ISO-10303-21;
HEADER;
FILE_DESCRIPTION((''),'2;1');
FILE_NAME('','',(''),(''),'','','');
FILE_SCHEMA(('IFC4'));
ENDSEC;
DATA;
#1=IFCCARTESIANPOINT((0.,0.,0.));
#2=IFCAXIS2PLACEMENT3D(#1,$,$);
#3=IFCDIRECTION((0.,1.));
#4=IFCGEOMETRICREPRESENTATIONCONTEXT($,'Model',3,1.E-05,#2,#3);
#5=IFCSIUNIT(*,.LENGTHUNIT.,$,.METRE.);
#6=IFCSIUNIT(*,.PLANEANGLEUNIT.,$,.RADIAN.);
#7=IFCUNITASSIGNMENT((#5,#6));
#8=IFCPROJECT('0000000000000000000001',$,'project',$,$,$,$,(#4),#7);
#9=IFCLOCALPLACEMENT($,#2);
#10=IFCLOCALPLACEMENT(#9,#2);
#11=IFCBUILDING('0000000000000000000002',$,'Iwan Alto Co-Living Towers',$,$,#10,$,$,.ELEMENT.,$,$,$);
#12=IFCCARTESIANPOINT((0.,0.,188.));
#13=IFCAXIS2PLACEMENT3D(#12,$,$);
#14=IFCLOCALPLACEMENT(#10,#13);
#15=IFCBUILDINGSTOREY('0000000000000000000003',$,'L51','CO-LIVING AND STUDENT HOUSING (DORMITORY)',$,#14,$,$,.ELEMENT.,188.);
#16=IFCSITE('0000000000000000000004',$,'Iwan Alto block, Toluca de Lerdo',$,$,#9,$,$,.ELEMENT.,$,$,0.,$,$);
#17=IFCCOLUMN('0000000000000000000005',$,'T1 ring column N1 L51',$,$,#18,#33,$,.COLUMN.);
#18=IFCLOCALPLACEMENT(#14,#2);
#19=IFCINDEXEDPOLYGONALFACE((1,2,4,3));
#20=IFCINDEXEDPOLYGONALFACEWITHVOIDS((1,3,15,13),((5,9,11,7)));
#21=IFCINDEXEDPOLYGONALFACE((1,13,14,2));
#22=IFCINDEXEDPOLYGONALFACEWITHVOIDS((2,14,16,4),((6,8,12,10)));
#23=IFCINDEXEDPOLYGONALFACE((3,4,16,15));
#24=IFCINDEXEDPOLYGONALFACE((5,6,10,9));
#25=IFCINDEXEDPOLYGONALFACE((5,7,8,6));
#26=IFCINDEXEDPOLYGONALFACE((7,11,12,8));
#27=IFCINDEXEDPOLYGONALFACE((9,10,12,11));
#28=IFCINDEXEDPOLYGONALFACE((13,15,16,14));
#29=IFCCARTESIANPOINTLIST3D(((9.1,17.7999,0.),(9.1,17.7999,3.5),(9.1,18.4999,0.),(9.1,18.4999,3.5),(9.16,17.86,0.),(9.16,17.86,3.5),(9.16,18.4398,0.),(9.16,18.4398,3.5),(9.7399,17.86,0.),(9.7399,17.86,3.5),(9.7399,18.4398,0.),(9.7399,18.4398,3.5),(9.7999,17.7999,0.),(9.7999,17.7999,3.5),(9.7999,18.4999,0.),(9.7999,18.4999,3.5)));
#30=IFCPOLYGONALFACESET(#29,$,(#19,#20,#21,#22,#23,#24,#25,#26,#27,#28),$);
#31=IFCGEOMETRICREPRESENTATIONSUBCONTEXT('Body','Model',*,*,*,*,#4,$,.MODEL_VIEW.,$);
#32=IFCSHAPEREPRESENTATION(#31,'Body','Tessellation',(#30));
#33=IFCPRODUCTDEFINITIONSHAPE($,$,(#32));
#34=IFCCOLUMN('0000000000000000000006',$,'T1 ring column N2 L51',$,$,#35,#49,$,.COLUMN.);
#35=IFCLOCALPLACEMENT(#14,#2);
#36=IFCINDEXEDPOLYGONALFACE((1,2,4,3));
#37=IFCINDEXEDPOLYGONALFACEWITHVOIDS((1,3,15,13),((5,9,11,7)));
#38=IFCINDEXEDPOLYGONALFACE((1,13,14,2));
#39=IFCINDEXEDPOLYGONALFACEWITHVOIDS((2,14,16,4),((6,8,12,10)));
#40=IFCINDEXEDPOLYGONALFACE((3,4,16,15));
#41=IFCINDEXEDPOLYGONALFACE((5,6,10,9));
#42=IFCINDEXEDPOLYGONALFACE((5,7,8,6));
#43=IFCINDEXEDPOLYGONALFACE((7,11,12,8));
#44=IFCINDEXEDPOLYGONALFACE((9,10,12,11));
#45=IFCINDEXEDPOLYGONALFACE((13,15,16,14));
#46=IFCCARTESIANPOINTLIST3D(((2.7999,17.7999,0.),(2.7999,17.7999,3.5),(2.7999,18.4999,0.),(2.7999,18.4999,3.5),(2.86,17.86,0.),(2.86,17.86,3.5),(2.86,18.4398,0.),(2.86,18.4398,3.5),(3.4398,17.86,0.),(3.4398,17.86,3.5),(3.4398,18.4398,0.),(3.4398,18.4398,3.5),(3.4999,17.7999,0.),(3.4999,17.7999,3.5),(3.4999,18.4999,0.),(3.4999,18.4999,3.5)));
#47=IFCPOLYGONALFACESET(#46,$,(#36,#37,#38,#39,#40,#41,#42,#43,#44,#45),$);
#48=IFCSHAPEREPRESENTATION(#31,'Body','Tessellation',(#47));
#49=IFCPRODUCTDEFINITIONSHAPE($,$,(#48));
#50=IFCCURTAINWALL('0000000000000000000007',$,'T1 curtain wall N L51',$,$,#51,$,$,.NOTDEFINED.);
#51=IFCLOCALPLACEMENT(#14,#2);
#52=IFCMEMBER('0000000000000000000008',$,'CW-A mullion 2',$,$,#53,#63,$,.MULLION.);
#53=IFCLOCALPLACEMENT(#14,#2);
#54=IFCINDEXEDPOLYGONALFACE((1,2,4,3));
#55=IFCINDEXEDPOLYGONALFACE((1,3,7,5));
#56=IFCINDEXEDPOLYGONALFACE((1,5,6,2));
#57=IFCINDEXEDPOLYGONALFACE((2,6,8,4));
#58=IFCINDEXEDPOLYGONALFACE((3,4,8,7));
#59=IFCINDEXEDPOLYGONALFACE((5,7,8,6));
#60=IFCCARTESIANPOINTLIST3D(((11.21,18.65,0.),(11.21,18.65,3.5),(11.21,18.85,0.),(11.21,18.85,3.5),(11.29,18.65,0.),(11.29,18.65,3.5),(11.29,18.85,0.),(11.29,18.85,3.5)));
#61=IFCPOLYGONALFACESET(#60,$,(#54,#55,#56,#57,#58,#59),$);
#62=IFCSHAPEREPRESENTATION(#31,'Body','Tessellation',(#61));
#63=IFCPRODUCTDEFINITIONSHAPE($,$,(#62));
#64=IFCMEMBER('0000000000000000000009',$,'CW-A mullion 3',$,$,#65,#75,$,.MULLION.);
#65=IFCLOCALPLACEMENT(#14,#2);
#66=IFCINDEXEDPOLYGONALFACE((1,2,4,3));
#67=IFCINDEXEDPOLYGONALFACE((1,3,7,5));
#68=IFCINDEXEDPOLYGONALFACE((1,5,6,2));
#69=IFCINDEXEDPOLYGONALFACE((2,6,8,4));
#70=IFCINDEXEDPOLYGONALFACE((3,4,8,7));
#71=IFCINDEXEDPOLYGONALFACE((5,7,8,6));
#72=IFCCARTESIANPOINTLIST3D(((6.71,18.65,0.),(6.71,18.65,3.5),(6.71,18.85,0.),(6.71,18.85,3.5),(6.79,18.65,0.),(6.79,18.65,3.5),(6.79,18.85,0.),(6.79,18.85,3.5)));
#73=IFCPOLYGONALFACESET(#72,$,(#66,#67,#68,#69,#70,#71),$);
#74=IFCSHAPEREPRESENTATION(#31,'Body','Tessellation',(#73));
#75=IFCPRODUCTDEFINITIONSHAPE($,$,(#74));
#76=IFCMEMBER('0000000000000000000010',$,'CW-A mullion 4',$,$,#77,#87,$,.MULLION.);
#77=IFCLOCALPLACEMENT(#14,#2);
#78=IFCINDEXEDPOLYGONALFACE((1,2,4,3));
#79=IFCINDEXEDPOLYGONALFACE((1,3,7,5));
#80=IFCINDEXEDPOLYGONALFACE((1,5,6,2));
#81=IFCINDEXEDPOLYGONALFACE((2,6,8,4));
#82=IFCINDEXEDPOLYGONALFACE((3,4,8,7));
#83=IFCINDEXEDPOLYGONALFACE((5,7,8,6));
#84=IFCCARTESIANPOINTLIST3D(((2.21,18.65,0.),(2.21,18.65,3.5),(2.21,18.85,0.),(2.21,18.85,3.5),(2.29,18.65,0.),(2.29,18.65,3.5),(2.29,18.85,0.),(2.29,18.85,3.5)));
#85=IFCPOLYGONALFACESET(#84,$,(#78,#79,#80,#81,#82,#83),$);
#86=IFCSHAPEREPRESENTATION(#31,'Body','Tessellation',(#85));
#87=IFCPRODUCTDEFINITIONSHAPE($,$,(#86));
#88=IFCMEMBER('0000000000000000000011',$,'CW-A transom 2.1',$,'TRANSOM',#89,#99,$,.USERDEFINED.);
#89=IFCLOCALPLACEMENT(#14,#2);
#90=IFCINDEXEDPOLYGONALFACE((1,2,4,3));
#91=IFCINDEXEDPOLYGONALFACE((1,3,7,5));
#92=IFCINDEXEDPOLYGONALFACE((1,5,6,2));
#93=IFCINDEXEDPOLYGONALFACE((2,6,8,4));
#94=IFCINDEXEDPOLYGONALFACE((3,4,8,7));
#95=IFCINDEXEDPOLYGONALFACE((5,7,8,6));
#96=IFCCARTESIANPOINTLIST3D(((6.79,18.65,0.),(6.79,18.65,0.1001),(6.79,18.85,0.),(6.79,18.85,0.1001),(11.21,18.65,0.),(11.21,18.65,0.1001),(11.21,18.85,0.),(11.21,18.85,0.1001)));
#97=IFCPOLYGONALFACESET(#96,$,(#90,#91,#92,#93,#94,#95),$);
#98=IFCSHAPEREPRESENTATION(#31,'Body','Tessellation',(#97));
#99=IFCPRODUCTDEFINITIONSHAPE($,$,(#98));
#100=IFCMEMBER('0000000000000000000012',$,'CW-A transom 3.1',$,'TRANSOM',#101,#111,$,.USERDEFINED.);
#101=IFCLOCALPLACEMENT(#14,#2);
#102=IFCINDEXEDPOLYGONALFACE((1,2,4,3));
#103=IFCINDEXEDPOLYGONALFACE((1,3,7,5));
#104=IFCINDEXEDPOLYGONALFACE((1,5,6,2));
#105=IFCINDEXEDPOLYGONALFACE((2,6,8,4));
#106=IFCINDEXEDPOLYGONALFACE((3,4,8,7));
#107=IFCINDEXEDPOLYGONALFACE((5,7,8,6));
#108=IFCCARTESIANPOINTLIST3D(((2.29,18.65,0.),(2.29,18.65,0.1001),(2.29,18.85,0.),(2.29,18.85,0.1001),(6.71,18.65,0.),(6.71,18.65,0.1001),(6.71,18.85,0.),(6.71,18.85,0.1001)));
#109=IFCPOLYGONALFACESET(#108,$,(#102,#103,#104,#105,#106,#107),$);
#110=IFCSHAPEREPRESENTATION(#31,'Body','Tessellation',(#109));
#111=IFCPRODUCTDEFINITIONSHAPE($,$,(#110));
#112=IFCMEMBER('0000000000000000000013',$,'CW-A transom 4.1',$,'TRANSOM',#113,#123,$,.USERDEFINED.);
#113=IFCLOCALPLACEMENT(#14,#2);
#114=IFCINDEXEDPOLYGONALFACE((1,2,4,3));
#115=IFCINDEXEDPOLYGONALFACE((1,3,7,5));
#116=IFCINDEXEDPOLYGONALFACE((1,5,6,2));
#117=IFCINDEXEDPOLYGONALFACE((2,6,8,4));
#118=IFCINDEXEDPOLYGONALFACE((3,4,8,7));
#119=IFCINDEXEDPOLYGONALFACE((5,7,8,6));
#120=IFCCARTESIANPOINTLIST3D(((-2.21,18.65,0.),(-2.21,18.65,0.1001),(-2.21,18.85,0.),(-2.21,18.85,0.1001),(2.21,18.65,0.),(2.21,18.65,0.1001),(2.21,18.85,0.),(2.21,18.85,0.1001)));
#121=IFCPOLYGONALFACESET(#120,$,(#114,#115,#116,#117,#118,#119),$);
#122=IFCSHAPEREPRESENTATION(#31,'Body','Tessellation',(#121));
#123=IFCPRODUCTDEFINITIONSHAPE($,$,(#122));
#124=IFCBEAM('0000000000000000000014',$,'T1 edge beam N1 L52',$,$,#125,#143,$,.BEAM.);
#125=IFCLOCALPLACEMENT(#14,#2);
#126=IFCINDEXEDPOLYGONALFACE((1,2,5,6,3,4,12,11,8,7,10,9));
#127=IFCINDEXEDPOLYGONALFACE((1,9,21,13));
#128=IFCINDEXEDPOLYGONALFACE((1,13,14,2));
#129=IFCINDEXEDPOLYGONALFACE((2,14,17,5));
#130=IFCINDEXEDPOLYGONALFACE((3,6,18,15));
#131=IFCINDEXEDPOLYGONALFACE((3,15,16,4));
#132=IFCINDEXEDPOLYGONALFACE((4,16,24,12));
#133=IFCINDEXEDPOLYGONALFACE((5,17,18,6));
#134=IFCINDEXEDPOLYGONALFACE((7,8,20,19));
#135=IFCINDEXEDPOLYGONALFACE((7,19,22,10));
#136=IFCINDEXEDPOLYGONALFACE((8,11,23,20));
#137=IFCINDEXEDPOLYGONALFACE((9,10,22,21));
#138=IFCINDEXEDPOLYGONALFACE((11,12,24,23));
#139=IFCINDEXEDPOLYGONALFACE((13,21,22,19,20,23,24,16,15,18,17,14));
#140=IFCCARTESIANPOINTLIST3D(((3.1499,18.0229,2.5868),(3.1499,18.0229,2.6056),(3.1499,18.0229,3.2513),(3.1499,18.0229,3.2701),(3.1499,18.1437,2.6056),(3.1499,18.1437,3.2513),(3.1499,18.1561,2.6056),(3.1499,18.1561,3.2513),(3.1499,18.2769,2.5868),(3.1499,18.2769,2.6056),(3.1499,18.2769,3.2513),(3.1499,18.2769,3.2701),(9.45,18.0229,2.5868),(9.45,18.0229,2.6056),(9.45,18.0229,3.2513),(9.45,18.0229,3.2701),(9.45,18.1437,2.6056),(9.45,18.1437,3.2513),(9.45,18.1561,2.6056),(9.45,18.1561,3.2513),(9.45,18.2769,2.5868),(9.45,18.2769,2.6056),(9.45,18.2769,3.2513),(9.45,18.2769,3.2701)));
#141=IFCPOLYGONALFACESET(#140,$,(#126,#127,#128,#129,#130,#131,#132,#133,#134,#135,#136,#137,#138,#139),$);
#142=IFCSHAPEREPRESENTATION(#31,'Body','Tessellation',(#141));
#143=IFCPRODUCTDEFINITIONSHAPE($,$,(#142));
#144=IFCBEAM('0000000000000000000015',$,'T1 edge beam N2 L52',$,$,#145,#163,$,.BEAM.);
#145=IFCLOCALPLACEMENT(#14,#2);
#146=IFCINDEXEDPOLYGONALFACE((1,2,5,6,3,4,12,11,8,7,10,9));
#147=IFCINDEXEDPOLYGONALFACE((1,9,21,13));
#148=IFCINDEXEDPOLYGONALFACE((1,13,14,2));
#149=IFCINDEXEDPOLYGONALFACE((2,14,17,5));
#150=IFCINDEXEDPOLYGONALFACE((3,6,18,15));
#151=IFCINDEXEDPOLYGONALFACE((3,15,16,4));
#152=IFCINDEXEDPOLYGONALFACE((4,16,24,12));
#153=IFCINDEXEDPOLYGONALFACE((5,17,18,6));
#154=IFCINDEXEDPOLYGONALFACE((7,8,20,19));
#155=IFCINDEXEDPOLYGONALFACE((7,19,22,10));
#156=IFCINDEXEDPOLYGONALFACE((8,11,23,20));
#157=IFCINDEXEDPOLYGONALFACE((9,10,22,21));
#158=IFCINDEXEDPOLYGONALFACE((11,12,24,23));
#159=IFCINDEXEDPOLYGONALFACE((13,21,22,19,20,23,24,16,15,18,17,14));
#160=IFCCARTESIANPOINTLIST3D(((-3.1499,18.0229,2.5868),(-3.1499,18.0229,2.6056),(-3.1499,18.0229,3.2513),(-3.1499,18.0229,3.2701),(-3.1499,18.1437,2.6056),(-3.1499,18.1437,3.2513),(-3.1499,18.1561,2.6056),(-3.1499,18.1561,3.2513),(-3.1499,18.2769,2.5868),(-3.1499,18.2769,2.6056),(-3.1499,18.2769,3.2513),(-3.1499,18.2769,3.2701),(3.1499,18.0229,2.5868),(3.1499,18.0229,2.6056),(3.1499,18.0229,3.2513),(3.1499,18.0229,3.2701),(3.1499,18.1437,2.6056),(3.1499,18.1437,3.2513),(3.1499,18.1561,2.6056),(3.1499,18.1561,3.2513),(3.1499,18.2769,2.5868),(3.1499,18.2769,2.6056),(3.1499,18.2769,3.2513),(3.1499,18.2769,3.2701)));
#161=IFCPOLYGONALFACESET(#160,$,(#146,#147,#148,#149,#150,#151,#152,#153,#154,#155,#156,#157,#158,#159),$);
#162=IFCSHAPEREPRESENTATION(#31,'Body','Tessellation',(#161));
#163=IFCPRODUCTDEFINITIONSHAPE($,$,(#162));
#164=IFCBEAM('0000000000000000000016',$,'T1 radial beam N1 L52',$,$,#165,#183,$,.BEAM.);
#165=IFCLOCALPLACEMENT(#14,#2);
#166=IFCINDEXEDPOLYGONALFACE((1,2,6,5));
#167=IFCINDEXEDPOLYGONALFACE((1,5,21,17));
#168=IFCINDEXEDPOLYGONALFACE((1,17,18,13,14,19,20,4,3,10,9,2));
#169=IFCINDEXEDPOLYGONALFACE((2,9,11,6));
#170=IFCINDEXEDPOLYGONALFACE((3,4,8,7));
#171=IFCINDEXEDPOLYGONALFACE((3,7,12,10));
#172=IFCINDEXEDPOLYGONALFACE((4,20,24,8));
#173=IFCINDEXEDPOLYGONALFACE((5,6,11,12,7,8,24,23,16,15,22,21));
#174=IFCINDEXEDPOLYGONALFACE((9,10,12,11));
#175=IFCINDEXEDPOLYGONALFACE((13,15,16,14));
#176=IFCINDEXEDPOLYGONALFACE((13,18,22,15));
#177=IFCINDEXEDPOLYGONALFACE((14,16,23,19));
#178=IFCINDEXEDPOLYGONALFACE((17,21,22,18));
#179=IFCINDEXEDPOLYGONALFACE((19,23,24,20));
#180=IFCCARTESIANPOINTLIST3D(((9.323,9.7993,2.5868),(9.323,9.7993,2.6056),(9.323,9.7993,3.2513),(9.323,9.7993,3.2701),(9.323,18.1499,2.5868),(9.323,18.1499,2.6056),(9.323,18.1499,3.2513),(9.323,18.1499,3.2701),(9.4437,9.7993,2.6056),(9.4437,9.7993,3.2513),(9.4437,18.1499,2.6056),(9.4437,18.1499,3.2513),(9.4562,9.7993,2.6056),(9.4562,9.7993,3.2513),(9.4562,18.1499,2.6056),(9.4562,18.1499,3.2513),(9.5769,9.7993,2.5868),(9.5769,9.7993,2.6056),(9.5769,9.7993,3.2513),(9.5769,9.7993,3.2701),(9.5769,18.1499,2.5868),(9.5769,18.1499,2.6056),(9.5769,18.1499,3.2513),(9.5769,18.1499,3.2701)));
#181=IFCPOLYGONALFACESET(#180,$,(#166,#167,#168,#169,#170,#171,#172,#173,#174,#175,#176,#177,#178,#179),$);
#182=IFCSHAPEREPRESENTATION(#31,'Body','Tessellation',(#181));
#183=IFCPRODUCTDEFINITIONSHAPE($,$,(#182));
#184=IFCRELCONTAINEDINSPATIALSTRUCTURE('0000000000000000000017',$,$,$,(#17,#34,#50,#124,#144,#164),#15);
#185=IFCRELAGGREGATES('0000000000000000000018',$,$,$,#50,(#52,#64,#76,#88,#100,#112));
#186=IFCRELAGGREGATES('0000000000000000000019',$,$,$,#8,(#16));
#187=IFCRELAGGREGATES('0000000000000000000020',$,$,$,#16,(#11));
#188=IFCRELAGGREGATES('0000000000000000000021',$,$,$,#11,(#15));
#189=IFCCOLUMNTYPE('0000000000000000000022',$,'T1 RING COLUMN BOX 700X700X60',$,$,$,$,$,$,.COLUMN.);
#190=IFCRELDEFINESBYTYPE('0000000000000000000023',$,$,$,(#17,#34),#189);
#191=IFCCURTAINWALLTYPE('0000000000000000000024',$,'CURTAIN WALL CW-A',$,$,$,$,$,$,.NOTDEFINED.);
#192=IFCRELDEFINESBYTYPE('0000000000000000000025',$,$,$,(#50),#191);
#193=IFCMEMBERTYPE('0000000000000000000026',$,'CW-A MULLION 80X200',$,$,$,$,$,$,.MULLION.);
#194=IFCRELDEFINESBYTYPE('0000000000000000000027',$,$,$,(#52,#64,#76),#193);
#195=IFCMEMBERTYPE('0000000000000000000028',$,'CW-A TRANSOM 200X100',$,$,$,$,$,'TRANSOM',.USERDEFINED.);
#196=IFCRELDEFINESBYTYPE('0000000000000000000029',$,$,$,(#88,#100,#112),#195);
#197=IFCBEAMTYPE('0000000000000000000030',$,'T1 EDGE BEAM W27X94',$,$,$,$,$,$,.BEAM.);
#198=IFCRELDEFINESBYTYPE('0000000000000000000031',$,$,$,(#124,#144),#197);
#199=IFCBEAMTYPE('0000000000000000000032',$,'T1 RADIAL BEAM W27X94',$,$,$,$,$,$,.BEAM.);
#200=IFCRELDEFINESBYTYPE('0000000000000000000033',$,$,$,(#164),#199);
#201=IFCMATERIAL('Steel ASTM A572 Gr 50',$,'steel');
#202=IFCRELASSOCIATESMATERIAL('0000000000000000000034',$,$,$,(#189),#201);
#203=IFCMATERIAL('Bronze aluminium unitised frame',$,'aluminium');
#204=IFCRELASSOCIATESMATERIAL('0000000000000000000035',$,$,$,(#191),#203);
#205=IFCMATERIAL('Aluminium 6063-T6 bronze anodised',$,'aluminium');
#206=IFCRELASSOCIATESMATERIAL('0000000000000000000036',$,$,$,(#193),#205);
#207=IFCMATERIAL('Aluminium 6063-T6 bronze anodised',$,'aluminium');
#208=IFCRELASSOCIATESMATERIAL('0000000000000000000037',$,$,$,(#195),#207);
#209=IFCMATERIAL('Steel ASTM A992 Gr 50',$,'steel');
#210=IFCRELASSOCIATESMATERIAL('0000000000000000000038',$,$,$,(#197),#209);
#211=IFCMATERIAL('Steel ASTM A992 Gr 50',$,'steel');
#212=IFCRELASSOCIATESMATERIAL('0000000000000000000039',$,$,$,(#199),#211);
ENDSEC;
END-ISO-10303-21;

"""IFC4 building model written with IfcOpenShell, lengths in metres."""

from ifc_helpers import new_model, si_unit, direction, frame, origin, origin_2d, place, context, subcontext, project, spatial, rectangle, hollow_rectangle, i_section, extrude, material, material_profile, profile_set, type_object, element, aggregate, save


model = new_model("IFC4")

# Units and contexts
model_context = context("Model", 3, precision=1e-05, world=origin(), true_north=direction((0.0, 1.0)))
body_context = subcontext(model_context, "Body", "Model", "MODEL_VIEW")
ifc_project = project(units=[si_unit("LENGTHUNIT", "METRE"), si_unit("PLANEANGLEUNIT", "RADIAN")], contexts=[model_context])

# Site, building, storey
site_placement = place(None, origin())
site = spatial("IfcSite", under=ifc_project, at=site_placement, Name="Iwan Alto block, Toluca de Lerdo", CompositionType="ELEMENT", RefElevation=0.0)
building_placement = place(site_placement, origin())
building = spatial("IfcBuilding", under=site, at=building_placement, Name="Iwan Alto Co-Living Towers", CompositionType="ELEMENT")
storey_placement = place(building_placement, frame((0.0, 0.0, 188.0)))
storey = spatial("IfcBuildingStorey", under=building, at=storey_placement, Name="L51", Description="CO-LIVING AND STUDENT HOUSING (DORMITORY)", CompositionType="ELEMENT", Elevation=188.0)

# Columns
ifc_material_1 = material(Name="Steel ASTM A572 Gr 50", Category="steel")
ifc_material_profile_1 = material_profile(ifc_material_1, hollow_rectangle(XDim=0.7, YDim=0.7, WallThickness=0.0601, at=origin_2d()), Name="BOX 700X700X60")
ifc_profile_set_1 = profile_set([ifc_material_profile_1], Name="Steel ASTM A572 Gr 50")
column_type = type_object("IfcColumnType", Name="T1 RING COLUMN BOX 700X700X60", PredefinedType="COLUMN", material=ifc_profile_set_1)
for number, where, z_axis, x_axis, name in (
    (1, (9.45, 18.1499, 0.0), (0.0, 0.0, 1.0), (1.0, 0.0, 0.0), "T1 ring column N1 L51"),
    (2, (3.1499, 18.1499, 0.0), (0.0, 0.0, 1.0), (1.0, 0.0, 0.0), "T1 ring column N2 L51"),
):
    element("IfcColumn", number, at=place(storey_placement, frame(where, z_axis=z_axis, x_axis=x_axis)), inside=storey, type_object=column_type, Name=name, PredefinedType="COLUMN", context=body_context, shape_type="SweptSolid", body=[
        extrude(hollow_rectangle(XDim=0.7, YDim=0.7, WallThickness=0.0601, at=origin_2d()), origin(), (0.0, 0.0, 1.0), 3.5),
    ])

# Curtain wall, members
ifc_material_2 = material(Name="Bronze aluminium unitised frame", Category="aluminium")
curtain_wall_type = type_object("IfcCurtainWallType", Name="CURTAIN WALL CW-A", PredefinedType="NOTDEFINED", material=ifc_material_2)
curtain_wall_placement = place(storey_placement, origin())
curtain_wall = element("IfcCurtainWall", 3, at=curtain_wall_placement, inside=storey, type_object=curtain_wall_type, Name="T1 curtain wall N L51", PredefinedType="NOTDEFINED")
ifc_material_3 = material(Name="Aluminium 6063-T6 bronze anodised", Category="aluminium")
ifc_material_profile_2 = material_profile(ifc_material_3, rectangle(XDim=0.2, YDim=0.0801, at=origin_2d()), Name="AL 80X200")
ifc_profile_set_2 = profile_set([ifc_material_profile_2], Name="Aluminium 6063-T6 bronze anodised")
member_type_1 = type_object("IfcMemberType", Name="CW-A MULLION 80X200", PredefinedType="MULLION", material=ifc_profile_set_2)
member_1_placement = place(storey_placement, frame((11.25, 18.75, 0.0), z_axis=(0.0, 0.0, 1.0), x_axis=(0.0, -1.0, 0.0)))
member_1 = element("IfcMember", 4, at=member_1_placement, type_object=member_type_1, Name="CW-A mullion 2", PredefinedType="MULLION", context=body_context, shape_type="SweptSolid", body=[
    extrude(rectangle(XDim=0.2, YDim=0.0801, at=origin_2d()), origin(), (0.0, 0.0, 1.0), 3.5),
])
member_2_placement = place(storey_placement, frame((6.75, 18.75, 0.0), z_axis=(0.0, 0.0, 1.0), x_axis=(0.0, -1.0, 0.0)))
member_2 = element("IfcMember", 5, at=member_2_placement, type_object=member_type_1, Name="CW-A mullion 3", PredefinedType="MULLION", context=body_context, shape_type="SweptSolid", body=[
    extrude(rectangle(XDim=0.2, YDim=0.0801, at=origin_2d()), origin(), (0.0, 0.0, 1.0), 3.5),
])
member_3_placement = place(storey_placement, frame((2.25, 18.75, 0.0), z_axis=(0.0, 0.0, 1.0), x_axis=(0.0, -1.0, 0.0)))
member_3 = element("IfcMember", 6, at=member_3_placement, type_object=member_type_1, Name="CW-A mullion 4", PredefinedType="MULLION", context=body_context, shape_type="SweptSolid", body=[
    extrude(rectangle(XDim=0.2, YDim=0.0801, at=origin_2d()), origin(), (0.0, 0.0, 1.0), 3.5),
])
ifc_material_4 = material(Name="Aluminium 6063-T6 bronze anodised", Category="aluminium")
ifc_material_profile_3 = material_profile(ifc_material_4, rectangle(XDim=0.2, YDim=0.1001, at=origin_2d()), Name="AL 200X100")
ifc_profile_set_3 = profile_set([ifc_material_profile_3], Name="Aluminium 6063-T6 bronze anodised")
member_type_2 = type_object("IfcMemberType", Name="CW-A TRANSOM 200X100", ElementType="TRANSOM", PredefinedType="USERDEFINED", material=ifc_profile_set_3)
member_4_placement = place(storey_placement, frame((11.21, 18.75, 0.05), z_axis=(-1.0, 0.0, 0.0), x_axis=(0.0, -1.0, 0.0)))
member_4 = element("IfcMember", 7, at=member_4_placement, type_object=member_type_2, Name="CW-A transom 2.1", ObjectType="TRANSOM", PredefinedType="USERDEFINED", context=body_context, shape_type="SweptSolid", body=[
    extrude(rectangle(XDim=0.2, YDim=0.1001, at=origin_2d()), origin(), (0.0, 0.0, 1.0), 4.4199),
])
member_5_placement = place(storey_placement, frame((6.71, 18.75, 0.05), z_axis=(-1.0, 0.0, 0.0), x_axis=(0.0, -1.0, 0.0)))
member_5 = element("IfcMember", 8, at=member_5_placement, type_object=member_type_2, Name="CW-A transom 3.1", ObjectType="TRANSOM", PredefinedType="USERDEFINED", context=body_context, shape_type="SweptSolid", body=[
    extrude(rectangle(XDim=0.2, YDim=0.1001, at=origin_2d()), origin(), (0.0, 0.0, 1.0), 4.4199),
])
member_6_placement = place(storey_placement, frame((2.21, 18.75, 0.05), z_axis=(-1.0, 0.0, 0.0), x_axis=(0.0, -1.0, 0.0)))
member_6 = element("IfcMember", 9, at=member_6_placement, type_object=member_type_2, Name="CW-A transom 4.1", ObjectType="TRANSOM", PredefinedType="USERDEFINED", context=body_context, shape_type="SweptSolid", body=[
    extrude(rectangle(XDim=0.2, YDim=0.1001, at=origin_2d()), origin(), (0.0, 0.0, 1.0), 4.4199),
])

# Beams
ifc_material_5 = material(Name="Steel ASTM A992 Gr 50", Category="steel")
ifc_material_profile_4 = material_profile(ifc_material_5, i_section(OverallWidth=0.2539, OverallDepth=0.6833, WebThickness=0.0125, FlangeThickness=0.0188, at=origin_2d()), Name="W27X94")
ifc_profile_set_4 = profile_set([ifc_material_profile_4], Name="Steel ASTM A992 Gr 50")
beam_type_1 = type_object("IfcBeamType", Name="T1 EDGE BEAM W27X94", PredefinedType="BEAM", material=ifc_profile_set_4)
beam_1_placement = place(storey_placement, frame((9.45, 18.1499, 2.9285), z_axis=(-1.0, 0.0, 0.0), x_axis=(0.0, -1.0, 0.0)))
element("IfcBeam", 10, at=beam_1_placement, inside=storey, type_object=beam_type_1, Name="T1 edge beam N1 L52", PredefinedType="BEAM", context=body_context, shape_type="SweptSolid", body=[
    extrude(i_section(OverallWidth=0.2539, OverallDepth=0.6833, WebThickness=0.0125, FlangeThickness=0.0188, at=origin_2d()), origin(), (0.0, 0.0, 1.0), 6.3),
])
beam_2_placement = place(storey_placement, frame((3.1499, 18.1499, 2.9285), z_axis=(-1.0, 0.0, 0.0), x_axis=(0.0, -1.0, 0.0)))
element("IfcBeam", 11, at=beam_2_placement, inside=storey, type_object=beam_type_1, Name="T1 edge beam N2 L52", PredefinedType="BEAM", context=body_context, shape_type="SweptSolid", body=[
    extrude(i_section(OverallWidth=0.2539, OverallDepth=0.6833, WebThickness=0.0125, FlangeThickness=0.0188, at=origin_2d()), origin(), (0.0, 0.0, 1.0), 6.2998),
])
ifc_material_6 = material(Name="Steel ASTM A992 Gr 50", Category="steel")
ifc_material_profile_5 = material_profile(ifc_material_6, i_section(OverallWidth=0.2539, OverallDepth=0.6833, WebThickness=0.0125, FlangeThickness=0.0188, at=origin_2d()), Name="W27X94")
ifc_profile_set_5 = profile_set([ifc_material_profile_5], Name="Steel ASTM A992 Gr 50")
beam_type_2 = type_object("IfcBeamType", Name="T1 RADIAL BEAM W27X94", PredefinedType="BEAM", material=ifc_profile_set_5)
for number, where, z_axis, x_axis, name in (
    (12, (9.45, 18.1499, 2.9285), (0.0, -1.0, 0.0), (1.0, 0.0, 0.0), "T1 radial beam N1 L52"),
):
    element("IfcBeam", number, at=place(storey_placement, frame(where, z_axis=z_axis, x_axis=x_axis)), inside=storey, type_object=beam_type_2, Name=name, PredefinedType="BEAM", context=body_context, shape_type="SweptSolid", body=[
        extrude(i_section(OverallWidth=0.2539, OverallDepth=0.6833, WebThickness=0.0125, FlangeThickness=0.0188, at=origin_2d()), origin(), (0.0, 0.0, 1.0), 8.3506),
    ])

aggregate(curtain_wall, [member_1, member_2, member_3, member_4, member_5, member_6])

save(model, "model.ifc")
